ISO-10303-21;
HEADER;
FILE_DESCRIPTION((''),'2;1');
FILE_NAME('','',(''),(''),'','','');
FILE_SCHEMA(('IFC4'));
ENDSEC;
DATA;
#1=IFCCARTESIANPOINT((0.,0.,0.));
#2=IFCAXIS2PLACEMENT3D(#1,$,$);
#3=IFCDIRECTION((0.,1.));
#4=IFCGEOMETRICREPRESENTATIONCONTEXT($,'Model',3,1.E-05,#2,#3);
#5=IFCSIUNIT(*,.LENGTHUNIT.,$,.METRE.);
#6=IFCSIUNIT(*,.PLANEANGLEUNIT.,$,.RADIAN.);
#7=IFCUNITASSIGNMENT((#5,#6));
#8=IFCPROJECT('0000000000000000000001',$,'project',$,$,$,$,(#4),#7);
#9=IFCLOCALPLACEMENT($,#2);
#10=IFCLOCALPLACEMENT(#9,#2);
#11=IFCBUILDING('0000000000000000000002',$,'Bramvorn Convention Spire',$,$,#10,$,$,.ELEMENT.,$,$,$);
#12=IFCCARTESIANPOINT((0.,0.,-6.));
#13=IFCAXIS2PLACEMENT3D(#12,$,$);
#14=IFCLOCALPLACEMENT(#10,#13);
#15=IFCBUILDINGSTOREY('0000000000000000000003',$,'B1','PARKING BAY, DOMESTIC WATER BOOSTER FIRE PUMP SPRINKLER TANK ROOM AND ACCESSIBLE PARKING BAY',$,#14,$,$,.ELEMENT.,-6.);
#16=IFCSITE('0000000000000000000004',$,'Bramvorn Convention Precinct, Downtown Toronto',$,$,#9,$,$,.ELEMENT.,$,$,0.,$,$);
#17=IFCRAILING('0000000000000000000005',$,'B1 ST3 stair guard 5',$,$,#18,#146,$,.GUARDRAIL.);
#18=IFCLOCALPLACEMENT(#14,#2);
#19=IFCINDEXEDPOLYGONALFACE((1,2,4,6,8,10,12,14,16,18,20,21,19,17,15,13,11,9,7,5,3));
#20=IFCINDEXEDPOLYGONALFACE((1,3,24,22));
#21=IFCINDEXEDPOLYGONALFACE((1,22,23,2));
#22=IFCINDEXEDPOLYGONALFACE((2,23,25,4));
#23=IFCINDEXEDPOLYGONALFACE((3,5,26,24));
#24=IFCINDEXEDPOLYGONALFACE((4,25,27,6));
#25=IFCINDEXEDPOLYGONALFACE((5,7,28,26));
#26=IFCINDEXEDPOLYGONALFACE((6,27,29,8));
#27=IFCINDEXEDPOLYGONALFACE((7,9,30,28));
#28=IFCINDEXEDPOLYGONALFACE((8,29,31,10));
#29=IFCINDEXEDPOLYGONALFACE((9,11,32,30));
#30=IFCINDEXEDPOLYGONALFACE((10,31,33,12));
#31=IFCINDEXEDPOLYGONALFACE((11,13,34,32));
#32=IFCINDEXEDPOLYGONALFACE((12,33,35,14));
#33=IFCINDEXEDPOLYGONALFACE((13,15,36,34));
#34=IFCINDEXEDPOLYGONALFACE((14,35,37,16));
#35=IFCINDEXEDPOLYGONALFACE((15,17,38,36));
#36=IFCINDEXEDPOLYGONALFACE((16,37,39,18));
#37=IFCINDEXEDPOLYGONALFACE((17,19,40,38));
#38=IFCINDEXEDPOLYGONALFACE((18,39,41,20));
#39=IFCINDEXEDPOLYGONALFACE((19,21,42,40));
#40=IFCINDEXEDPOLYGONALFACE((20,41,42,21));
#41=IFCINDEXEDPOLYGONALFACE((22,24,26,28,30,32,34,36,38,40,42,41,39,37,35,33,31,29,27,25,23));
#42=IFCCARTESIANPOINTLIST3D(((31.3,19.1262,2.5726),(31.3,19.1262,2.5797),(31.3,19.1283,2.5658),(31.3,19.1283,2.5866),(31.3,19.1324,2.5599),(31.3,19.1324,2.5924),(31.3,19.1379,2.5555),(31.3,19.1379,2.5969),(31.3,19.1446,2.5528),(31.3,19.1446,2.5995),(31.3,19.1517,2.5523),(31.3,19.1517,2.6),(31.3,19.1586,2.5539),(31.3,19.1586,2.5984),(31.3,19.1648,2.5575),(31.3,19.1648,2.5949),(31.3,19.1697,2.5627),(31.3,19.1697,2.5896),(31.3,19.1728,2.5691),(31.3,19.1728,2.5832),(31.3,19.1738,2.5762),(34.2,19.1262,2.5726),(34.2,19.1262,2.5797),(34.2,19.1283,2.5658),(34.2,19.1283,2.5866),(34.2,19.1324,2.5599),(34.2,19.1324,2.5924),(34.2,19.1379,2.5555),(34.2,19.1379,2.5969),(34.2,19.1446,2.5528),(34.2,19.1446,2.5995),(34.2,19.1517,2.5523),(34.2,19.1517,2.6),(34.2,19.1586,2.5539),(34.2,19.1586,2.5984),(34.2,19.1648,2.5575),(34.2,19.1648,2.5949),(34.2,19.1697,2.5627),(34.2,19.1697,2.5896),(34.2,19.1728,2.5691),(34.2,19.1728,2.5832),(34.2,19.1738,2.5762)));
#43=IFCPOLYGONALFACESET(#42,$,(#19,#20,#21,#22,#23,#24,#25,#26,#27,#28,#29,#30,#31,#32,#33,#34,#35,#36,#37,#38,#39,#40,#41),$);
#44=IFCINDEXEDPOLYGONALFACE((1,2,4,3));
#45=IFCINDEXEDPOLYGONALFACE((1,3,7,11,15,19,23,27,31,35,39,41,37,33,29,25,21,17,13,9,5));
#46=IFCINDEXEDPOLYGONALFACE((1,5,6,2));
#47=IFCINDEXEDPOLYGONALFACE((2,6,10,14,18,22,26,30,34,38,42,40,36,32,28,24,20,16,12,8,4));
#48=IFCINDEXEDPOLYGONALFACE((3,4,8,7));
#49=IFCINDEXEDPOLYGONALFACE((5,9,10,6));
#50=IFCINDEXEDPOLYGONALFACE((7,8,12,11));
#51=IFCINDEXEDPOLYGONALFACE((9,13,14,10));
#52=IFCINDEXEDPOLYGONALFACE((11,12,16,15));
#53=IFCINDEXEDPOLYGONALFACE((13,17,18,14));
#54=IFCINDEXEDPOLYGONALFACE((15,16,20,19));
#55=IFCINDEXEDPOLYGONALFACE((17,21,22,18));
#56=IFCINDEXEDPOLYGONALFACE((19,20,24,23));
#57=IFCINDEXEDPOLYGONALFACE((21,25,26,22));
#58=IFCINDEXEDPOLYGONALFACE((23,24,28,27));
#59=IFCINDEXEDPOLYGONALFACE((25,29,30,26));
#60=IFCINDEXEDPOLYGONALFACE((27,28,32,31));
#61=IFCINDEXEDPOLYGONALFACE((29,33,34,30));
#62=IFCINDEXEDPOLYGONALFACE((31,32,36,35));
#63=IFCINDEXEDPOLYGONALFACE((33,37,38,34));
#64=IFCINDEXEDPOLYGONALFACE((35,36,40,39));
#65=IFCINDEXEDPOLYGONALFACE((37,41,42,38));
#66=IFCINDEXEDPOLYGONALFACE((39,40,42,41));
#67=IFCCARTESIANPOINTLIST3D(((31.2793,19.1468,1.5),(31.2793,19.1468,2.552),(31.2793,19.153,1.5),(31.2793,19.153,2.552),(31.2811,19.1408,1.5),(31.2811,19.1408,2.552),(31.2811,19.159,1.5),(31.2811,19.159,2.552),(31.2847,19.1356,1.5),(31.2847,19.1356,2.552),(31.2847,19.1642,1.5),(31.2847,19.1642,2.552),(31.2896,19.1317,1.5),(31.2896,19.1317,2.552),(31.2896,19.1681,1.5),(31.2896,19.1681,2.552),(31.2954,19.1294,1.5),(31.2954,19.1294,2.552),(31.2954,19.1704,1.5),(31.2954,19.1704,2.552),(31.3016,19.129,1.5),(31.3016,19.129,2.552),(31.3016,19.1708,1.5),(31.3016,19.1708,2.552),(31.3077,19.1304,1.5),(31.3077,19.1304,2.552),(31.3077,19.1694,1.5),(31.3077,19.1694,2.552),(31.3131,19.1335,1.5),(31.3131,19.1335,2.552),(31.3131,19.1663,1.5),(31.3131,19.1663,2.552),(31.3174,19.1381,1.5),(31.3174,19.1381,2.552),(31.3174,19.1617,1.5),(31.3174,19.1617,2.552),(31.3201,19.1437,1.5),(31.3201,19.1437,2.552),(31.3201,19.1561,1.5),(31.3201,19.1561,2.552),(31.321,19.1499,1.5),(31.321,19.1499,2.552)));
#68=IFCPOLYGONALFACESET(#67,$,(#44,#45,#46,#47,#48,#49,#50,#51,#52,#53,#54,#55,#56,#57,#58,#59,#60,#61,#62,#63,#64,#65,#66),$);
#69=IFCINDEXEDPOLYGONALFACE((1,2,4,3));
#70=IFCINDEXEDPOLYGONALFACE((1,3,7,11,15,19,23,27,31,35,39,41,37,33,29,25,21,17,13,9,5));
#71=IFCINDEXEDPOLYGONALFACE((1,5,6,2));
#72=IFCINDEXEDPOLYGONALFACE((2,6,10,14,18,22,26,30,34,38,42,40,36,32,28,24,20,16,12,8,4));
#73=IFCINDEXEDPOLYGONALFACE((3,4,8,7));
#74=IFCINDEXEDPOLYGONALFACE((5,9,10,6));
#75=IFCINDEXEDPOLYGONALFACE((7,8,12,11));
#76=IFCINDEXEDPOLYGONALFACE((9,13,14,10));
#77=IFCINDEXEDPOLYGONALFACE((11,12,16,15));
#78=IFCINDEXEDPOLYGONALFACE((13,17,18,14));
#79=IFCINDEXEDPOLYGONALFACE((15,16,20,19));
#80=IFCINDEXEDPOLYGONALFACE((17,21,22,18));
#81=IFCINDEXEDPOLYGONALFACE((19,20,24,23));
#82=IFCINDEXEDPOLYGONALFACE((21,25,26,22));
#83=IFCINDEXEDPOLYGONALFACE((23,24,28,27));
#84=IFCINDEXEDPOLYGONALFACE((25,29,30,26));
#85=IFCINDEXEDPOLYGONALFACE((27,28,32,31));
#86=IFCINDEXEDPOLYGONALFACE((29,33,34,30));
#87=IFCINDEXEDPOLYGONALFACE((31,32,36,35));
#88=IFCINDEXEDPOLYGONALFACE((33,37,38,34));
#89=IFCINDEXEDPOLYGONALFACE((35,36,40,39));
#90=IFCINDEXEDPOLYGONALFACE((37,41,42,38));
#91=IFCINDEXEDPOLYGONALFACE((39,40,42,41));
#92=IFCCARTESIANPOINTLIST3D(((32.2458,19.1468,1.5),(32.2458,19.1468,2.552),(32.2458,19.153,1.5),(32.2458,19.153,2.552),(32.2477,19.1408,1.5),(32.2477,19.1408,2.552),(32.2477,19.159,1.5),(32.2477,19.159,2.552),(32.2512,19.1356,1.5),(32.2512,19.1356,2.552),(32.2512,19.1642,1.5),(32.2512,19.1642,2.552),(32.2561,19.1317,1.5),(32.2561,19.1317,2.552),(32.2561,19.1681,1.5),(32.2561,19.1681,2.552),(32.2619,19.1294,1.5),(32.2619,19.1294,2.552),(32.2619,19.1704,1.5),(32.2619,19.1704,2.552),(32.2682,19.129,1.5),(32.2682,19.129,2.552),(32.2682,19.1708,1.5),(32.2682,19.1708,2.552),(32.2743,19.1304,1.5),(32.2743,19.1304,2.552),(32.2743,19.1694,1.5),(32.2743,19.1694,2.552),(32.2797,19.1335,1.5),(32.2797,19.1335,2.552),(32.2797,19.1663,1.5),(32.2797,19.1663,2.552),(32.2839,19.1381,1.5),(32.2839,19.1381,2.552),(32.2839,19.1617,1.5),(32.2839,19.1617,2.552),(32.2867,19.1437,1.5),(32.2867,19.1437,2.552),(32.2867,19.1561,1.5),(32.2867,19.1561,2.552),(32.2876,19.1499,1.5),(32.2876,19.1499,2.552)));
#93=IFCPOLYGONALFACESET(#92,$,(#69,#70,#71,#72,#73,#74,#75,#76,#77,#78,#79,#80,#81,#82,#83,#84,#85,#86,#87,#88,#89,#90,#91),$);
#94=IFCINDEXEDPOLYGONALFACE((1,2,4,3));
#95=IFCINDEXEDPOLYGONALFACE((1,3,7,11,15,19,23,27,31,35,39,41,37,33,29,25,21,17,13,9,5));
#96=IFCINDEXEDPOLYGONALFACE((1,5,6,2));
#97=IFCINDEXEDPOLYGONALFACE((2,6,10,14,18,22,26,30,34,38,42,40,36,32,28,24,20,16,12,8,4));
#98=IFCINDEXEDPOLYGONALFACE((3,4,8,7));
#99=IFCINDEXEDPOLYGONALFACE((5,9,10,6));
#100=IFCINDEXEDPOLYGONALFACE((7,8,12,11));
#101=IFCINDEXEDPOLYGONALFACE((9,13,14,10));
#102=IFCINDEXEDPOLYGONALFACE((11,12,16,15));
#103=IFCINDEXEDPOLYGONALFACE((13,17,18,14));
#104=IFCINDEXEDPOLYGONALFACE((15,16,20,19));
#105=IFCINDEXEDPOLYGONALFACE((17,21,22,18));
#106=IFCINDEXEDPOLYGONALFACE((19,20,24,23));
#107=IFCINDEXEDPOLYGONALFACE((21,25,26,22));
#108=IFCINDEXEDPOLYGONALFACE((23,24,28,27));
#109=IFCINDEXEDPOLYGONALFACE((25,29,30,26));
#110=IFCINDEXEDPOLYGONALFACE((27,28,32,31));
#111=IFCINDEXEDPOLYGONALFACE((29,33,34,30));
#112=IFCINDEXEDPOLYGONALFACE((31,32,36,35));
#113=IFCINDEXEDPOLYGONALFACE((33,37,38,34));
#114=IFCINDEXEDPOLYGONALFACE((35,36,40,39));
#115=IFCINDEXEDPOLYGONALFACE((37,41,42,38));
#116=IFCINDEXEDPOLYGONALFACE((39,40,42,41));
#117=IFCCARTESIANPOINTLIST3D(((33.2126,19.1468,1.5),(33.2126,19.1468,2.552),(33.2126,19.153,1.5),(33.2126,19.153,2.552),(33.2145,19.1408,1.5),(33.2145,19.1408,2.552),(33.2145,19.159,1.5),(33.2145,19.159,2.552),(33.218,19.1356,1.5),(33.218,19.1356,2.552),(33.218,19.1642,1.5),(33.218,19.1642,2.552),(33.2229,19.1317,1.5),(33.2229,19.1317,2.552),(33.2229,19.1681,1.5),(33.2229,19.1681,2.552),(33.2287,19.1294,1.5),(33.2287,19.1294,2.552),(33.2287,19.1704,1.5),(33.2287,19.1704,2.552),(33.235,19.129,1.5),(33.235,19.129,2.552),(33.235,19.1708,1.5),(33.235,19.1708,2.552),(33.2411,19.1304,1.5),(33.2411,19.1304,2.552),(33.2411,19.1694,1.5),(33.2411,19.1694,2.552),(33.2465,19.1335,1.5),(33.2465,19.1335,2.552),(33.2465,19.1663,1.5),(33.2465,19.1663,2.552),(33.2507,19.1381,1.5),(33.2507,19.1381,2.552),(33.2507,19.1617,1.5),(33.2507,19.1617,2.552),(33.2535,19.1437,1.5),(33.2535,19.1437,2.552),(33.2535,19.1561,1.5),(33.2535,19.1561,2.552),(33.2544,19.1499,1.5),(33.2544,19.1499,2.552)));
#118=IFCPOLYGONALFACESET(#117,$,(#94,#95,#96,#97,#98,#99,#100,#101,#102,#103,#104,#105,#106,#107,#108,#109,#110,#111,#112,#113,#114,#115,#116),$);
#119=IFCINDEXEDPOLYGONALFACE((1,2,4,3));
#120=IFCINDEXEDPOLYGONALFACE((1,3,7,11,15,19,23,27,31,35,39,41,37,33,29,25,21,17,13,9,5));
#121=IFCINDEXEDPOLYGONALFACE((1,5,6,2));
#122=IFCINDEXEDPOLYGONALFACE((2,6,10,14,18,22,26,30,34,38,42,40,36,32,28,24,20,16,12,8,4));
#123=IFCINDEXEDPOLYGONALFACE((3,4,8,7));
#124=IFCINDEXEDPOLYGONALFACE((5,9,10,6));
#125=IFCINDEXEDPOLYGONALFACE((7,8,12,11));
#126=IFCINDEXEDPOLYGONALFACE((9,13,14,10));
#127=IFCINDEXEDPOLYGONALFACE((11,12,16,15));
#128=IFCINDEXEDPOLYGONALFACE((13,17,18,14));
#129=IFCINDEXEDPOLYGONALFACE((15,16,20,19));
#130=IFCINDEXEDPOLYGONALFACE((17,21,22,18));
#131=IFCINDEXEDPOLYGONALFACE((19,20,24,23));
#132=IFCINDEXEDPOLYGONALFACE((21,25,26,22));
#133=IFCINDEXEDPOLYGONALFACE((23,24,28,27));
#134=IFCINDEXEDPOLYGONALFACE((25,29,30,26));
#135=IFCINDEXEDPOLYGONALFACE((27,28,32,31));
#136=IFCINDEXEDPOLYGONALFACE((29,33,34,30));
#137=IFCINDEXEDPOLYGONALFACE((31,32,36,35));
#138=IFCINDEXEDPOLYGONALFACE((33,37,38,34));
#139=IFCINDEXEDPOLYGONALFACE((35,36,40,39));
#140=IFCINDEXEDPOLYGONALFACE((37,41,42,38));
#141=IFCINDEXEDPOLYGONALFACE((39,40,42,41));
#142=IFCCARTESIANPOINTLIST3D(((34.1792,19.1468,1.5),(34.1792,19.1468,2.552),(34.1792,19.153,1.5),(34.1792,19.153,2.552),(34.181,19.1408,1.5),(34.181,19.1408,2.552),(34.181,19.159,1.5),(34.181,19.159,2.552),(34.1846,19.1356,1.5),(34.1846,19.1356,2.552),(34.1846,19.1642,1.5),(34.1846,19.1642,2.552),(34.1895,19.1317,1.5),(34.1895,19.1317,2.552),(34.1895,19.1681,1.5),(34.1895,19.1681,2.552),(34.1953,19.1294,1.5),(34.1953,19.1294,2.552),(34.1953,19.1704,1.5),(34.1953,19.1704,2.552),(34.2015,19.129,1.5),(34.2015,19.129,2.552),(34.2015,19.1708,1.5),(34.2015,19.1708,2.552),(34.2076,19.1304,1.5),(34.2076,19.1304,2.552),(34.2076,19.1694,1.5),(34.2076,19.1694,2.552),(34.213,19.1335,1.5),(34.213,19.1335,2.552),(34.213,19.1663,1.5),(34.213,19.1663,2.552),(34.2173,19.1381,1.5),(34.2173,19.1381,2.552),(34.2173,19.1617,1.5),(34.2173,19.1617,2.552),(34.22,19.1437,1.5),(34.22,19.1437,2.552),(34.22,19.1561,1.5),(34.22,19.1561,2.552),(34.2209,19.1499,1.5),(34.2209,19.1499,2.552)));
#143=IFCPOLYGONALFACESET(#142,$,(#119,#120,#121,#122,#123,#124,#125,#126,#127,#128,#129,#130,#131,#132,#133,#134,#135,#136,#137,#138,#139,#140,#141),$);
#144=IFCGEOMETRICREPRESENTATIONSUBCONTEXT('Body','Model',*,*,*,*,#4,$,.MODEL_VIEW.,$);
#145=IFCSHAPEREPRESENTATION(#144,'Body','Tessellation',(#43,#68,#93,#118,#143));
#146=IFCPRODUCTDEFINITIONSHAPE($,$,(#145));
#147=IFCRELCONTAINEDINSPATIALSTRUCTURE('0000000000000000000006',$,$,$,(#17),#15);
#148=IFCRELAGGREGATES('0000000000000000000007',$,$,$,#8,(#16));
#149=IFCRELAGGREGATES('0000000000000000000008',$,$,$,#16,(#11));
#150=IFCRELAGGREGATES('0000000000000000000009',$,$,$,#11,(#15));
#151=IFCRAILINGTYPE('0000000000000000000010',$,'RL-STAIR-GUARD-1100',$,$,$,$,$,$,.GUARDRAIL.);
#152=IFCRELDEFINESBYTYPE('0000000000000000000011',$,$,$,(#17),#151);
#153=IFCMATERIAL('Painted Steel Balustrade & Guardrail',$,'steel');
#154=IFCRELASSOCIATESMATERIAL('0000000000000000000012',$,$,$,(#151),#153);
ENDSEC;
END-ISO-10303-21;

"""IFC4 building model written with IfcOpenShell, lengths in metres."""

from ifc_helpers import new_model, si_unit, direction, frame, origin, origin_2d, place, context, subcontext, project, spatial, circle, extrude, material, type_object, element, save


model = new_model("IFC4")

# Units and contexts
model_context = context("Model", 3, precision=1e-05, world=origin(), true_north=direction((0.0, 1.0)))
body_context = subcontext(model_context, "Body", "Model", "MODEL_VIEW")
ifc_project = project(units=[si_unit("LENGTHUNIT", "METRE"), si_unit("PLANEANGLEUNIT", "RADIAN")], contexts=[model_context])

# Site, building, storey
site_placement = place(None, origin())
site = spatial("IfcSite", under=ifc_project, at=site_placement, Name="Bramvorn Convention Precinct, Downtown Toronto", CompositionType="ELEMENT", RefElevation=0.0)
building_placement = place(site_placement, origin())
building = spatial("IfcBuilding", under=site, at=building_placement, Name="Bramvorn Convention Spire", CompositionType="ELEMENT")
storey_placement = place(building_placement, frame((0.0, 0.0, -6.0)))
storey = spatial("IfcBuildingStorey", under=building, at=storey_placement, Name="B1", Description="PARKING BAY, DOMESTIC WATER BOOSTER FIRE PUMP SPRINKLER TANK ROOM AND ACCESSIBLE PARKING BAY", CompositionType="ELEMENT", Elevation=-6.0)

# Railing
ifc_material_1 = material(Name="Painted Steel Balustrade & Guardrail", Category="steel")
railing_type = type_object("IfcRailingType", Name="RL-STAIR-GUARD-1100", PredefinedType="GUARDRAIL", material=ifc_material_1)
for number, where, name in (
    (1, (31.3, 19.1499, 1.5), "B1 ST3 stair guard 5"),
):
    element("IfcRailing", number, at=place(storey_placement, frame(where)), inside=storey, type_object=railing_type, Name=name, PredefinedType="GUARDRAIL", context=body_context, shape_type="SweptSolid", body=[
        extrude(circle(Radius=0.0239, at=origin_2d()), frame((0.0, 0.0, 1.0762), z_axis=(1.0, 0.0, 0.0), x_axis=(0.0, 1.0, 0.0)), (0.0, 0.0, 1.0), 2.8999),
        extrude(circle(Radius=0.021, at=origin_2d()), origin(), (0.0, 0.0, 1.0), 1.052),
        extrude(circle(Radius=0.021, at=origin_2d()), frame((0.9666, 0.0, 0.0)), (0.0, 0.0, 1.0), 1.052),
        extrude(circle(Radius=0.021, at=origin_2d()), frame((1.9333, 0.0, 0.0)), (0.0, 0.0, 1.0), 1.052),
        extrude(circle(Radius=0.021, at=origin_2d()), frame((2.8999, 0.0, 0.0)), (0.0, 0.0, 1.0), 1.052),
    ])

save(model, "model.ifc")
